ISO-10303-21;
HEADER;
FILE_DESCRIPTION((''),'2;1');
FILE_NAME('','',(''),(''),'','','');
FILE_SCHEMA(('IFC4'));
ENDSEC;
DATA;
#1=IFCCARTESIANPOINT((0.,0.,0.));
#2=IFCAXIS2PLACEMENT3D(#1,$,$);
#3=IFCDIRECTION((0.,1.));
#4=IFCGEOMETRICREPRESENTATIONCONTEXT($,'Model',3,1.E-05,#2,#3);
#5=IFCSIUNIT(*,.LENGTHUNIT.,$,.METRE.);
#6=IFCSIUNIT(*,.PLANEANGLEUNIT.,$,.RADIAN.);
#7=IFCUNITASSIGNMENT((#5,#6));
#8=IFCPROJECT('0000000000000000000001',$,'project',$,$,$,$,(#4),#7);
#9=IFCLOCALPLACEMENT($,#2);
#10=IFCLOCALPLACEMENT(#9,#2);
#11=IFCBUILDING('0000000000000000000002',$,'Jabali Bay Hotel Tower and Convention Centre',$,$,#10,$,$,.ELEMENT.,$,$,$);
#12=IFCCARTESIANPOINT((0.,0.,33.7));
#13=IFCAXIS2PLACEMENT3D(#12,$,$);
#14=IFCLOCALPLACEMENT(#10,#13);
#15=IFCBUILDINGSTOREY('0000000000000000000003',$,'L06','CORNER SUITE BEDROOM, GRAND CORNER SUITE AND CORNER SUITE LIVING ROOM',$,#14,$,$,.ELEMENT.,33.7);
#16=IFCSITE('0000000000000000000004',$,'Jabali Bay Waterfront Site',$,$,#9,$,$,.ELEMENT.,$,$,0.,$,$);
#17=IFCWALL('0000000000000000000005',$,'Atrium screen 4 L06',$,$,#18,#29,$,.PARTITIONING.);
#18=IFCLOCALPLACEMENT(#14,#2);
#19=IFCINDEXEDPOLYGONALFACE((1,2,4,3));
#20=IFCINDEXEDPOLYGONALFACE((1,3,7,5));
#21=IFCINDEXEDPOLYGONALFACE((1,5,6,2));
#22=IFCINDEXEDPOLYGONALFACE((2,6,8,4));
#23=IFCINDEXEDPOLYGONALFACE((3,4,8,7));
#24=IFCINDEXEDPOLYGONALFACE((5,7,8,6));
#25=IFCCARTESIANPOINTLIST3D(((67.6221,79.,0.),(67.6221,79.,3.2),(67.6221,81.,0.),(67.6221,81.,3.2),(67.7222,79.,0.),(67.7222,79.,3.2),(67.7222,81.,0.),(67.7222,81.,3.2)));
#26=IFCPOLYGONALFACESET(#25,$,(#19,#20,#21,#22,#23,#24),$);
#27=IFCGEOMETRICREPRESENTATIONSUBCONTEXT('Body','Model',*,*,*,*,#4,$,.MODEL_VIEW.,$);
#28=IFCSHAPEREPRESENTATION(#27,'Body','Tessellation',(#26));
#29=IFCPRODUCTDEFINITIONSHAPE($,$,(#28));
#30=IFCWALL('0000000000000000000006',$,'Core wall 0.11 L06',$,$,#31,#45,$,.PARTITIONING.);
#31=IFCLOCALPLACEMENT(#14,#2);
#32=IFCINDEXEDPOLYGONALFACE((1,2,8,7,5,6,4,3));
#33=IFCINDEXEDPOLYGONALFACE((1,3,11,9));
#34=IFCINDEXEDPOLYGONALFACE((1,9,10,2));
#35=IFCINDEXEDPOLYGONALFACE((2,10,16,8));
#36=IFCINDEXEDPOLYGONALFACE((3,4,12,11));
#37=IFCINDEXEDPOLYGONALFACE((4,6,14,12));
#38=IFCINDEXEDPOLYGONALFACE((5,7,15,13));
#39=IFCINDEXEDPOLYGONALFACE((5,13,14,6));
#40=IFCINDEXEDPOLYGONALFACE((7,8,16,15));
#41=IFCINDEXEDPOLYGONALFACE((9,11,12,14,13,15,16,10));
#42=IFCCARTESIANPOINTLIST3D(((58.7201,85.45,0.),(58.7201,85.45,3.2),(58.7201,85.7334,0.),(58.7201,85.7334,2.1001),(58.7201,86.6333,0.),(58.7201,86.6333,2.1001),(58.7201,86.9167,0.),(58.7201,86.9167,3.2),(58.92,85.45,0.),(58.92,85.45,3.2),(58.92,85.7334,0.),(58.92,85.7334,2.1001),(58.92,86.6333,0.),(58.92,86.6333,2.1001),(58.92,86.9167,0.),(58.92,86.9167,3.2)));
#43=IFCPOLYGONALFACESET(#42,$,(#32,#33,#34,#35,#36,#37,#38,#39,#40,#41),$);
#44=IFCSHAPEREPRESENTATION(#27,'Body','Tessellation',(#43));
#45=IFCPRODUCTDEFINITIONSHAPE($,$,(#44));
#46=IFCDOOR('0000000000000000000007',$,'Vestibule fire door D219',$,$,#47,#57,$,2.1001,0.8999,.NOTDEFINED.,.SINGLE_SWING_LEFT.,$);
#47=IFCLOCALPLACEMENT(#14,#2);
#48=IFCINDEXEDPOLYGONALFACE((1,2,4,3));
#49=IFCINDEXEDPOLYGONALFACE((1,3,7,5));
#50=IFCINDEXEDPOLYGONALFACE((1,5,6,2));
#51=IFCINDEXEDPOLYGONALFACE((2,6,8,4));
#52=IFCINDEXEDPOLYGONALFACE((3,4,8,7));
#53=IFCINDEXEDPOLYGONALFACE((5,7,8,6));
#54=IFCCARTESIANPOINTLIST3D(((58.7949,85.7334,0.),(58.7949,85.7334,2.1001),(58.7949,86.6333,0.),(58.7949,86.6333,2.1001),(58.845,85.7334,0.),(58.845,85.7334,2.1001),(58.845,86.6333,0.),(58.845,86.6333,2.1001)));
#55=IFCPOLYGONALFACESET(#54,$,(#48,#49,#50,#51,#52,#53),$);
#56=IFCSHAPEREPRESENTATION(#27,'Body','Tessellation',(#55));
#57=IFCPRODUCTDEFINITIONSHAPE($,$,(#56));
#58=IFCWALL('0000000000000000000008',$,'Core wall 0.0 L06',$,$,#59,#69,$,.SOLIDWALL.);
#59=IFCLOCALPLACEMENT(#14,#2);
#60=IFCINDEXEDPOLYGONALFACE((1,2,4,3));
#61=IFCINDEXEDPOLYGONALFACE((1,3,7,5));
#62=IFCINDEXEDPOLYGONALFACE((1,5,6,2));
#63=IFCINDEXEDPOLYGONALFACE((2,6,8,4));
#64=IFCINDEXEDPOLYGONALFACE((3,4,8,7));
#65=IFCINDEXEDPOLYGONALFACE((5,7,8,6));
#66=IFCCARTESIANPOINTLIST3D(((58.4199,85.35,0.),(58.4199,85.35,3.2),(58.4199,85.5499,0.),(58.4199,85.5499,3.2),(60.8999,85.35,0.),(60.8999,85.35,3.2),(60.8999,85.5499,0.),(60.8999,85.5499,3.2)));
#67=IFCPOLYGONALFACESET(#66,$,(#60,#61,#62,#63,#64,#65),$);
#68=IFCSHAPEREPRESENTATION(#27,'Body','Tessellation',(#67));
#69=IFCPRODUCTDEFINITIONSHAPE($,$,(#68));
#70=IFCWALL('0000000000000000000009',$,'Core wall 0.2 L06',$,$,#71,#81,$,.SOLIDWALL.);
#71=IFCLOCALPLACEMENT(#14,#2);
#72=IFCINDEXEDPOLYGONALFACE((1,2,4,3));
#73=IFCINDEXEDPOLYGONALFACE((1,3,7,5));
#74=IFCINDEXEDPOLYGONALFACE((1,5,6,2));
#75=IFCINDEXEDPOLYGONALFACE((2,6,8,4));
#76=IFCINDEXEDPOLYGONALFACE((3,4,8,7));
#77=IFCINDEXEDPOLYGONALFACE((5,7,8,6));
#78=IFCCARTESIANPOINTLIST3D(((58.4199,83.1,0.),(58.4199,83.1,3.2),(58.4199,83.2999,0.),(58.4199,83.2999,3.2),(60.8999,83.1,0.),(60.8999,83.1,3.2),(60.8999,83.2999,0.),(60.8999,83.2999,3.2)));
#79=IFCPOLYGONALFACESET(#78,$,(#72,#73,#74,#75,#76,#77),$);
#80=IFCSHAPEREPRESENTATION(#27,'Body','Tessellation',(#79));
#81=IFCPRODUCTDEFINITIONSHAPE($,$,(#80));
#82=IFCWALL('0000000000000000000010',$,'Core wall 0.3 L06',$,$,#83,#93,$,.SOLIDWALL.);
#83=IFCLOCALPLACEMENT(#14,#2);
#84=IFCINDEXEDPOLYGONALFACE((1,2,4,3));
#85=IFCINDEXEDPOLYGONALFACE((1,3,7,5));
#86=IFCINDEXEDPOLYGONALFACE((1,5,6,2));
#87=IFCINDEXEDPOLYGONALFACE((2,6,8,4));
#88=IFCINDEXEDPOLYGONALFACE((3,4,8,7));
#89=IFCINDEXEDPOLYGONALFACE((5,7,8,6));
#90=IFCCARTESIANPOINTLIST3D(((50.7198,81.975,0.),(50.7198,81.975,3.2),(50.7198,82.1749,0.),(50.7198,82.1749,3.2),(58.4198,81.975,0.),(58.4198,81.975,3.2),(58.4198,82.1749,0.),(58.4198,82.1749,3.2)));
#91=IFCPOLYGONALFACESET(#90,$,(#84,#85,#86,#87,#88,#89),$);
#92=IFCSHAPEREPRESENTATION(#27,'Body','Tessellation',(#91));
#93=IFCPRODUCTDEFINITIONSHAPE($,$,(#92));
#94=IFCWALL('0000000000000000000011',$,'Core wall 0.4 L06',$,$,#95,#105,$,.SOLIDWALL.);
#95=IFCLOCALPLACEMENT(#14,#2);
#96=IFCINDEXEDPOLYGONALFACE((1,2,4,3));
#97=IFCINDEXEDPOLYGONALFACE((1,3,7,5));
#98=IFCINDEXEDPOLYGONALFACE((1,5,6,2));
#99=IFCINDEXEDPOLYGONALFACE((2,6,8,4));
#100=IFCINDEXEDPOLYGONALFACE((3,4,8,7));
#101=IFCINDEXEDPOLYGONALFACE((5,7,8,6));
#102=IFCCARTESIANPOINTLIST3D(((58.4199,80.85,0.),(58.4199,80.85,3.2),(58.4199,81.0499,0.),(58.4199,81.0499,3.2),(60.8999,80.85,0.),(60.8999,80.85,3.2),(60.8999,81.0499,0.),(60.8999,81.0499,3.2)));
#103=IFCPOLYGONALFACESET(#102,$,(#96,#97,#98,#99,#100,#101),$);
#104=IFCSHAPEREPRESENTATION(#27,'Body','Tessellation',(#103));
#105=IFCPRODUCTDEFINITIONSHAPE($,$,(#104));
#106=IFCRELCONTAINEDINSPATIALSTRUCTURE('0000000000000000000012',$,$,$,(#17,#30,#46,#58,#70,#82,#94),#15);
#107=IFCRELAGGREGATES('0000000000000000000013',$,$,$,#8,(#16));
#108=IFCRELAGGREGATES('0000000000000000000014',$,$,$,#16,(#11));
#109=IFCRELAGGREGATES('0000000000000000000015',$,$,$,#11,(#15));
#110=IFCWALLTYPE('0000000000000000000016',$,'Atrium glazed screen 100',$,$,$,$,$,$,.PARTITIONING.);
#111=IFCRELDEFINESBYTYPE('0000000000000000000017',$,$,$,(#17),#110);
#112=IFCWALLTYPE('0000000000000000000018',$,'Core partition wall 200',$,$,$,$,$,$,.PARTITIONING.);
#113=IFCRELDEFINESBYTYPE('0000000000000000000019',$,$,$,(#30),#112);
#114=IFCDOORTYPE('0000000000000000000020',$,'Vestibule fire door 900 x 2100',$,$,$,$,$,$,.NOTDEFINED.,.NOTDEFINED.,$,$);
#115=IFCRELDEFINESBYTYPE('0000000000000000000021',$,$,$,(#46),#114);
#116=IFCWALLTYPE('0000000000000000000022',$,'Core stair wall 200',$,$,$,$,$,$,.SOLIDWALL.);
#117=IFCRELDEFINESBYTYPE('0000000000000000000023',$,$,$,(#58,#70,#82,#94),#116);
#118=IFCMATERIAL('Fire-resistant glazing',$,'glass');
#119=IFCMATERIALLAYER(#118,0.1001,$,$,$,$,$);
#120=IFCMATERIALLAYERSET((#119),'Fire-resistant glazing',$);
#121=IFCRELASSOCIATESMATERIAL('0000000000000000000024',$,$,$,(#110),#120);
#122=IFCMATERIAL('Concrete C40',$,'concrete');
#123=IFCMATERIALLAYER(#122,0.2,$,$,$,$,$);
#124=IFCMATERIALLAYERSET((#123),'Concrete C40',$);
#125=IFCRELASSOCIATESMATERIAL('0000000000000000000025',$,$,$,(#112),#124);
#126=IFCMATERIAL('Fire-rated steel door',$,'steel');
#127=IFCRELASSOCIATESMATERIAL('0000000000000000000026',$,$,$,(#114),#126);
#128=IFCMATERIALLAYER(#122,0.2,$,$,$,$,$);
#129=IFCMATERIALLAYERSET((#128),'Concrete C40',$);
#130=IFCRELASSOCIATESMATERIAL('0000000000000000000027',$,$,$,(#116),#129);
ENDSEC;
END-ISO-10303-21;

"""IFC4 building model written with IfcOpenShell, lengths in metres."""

from ifc_helpers import new_model, si_unit, direction, frame, frame_2d, origin, place, context, subcontext, project, spatial, rectangle, extrude, material, layer, layer_set, type_object, element, fill, save


model = new_model("IFC4")

# Units and contexts
model_context = context("Model", 3, precision=1e-05, world=origin(), true_north=direction((0.0, 1.0)))
body_context = subcontext(model_context, "Body", "Model", "MODEL_VIEW")
ifc_project = project(units=[si_unit("LENGTHUNIT", "METRE"), si_unit("PLANEANGLEUNIT", "RADIAN")], contexts=[model_context])

# Site, building, storey
site_placement = place(None, origin())
site = spatial("IfcSite", under=ifc_project, at=site_placement, Name="Jabali Bay Waterfront Site", CompositionType="ELEMENT", RefElevation=0.0)
building_placement = place(site_placement, origin())
building = spatial("IfcBuilding", under=site, at=building_placement, Name="Jabali Bay Hotel Tower and Convention Centre", CompositionType="ELEMENT")
storey_placement = place(building_placement, frame((0.0, 0.0, 33.7)))
storey = spatial("IfcBuildingStorey", under=building, at=storey_placement, Name="L06", Description="CORNER SUITE BEDROOM, GRAND CORNER SUITE AND CORNER SUITE LIVING ROOM", CompositionType="ELEMENT", Elevation=33.7)

# Wall
ifc_material_1 = material(Name="Fire-resistant glazing", Category="glass")
ifc_layer_1 = layer(ifc_material_1, 0.1001)
ifc_layer_set_1 = layer_set([ifc_layer_1], Name="Fire-resistant glazing")
wall_type_1 = type_object("IfcWallType", Name="Atrium glazed screen 100", PredefinedType="PARTITIONING", material=ifc_layer_set_1)
wall_1_placement = place(storey_placement, frame((67.6721, 81.0, 0.0), z_axis=(0.0, 0.0, 1.0), x_axis=(0.0, -1.0, 0.0)))
element("IfcWall", 1, at=wall_1_placement, inside=storey, type_object=wall_type_1, Name="Atrium screen 4 L06", PredefinedType="PARTITIONING", context=body_context, shape_type="SweptSolid", body=[
    extrude(rectangle(XDim=2.0, YDim=0.1001, at=frame_2d((1.0, 0.0))), origin(), (0.0, 0.0, 1.0), 3.2),
])

# Wall, opening, door
ifc_material_2 = material(Name="Concrete C40", Category="concrete")
ifc_layer_2 = layer(ifc_material_2, 0.2)
ifc_layer_set_2 = layer_set([ifc_layer_2], Name="Concrete C40")
wall_type_2 = type_object("IfcWallType", Name="Core partition wall 200", PredefinedType="PARTITIONING", material=ifc_layer_set_2)
wall_2_placement = place(storey_placement, frame((58.8201, 86.9167, 0.0), z_axis=(0.0, 0.0, 1.0), x_axis=(0.0, -1.0, 0.0)))
wall_2 = element("IfcWall", 2, at=wall_2_placement, inside=storey, type_object=wall_type_2, Name="Core wall 0.11 L06", PredefinedType="PARTITIONING", context=body_context, shape_type="SweptSolid", body=[
    extrude(rectangle(XDim=1.4668, YDim=0.2, at=frame_2d((0.7334, 0.0))), origin(), (0.0, 0.0, 1.0), 3.2),
])
opening_1_placement = place(wall_2_placement, frame((0.2834, 0.0, 0.0)))
opening_1 = element("IfcOpeningElement", 3, at=opening_1_placement, cuts=wall_2, PredefinedType="OPENING", context=body_context, shape_type="SweptSolid", body=[
    extrude(rectangle(XDim=0.8999, YDim=2.1001, at=frame_2d((0.45, 1.05))), frame((0.0, 0.1104, 0.0), z_axis=(0.0, -1.0, 0.0), x_axis=(1.0, 0.0, 0.0)), (0.0, 0.0, 1.0), 0.2209),
])
ifc_material_3 = material(Name="Fire-rated steel door", Category="steel")
door_type_1 = type_object("IfcDoorType", Name="Vestibule fire door 900 x 2100", OperationType="NOTDEFINED", PredefinedType="NOTDEFINED", material=ifc_material_3)
door_1_placement = place(opening_1_placement, origin())
door_1 = element("IfcDoor", 4, at=door_1_placement, inside=storey, type_object=door_type_1, Name="Vestibule fire door D219", OperationType="SINGLE_SWING_LEFT", OverallHeight=2.1001, OverallWidth=0.8999, PredefinedType="NOTDEFINED", context=body_context, shape_type="SweptSolid", body=[
    extrude(rectangle(XDim=0.8999, YDim=2.1001, at=frame_2d((0.45, 1.05))), frame((0.0, 0.0249, 0.0), z_axis=(0.0, -1.0, 0.0), x_axis=(1.0, 0.0, 0.0)), (0.0, 0.0, 1.0), 0.05),
])
fill(opening_1, door_1)

# Walls
ifc_layer_3 = layer(ifc_material_2, 0.2)
ifc_layer_set_3 = layer_set([ifc_layer_3], Name="Concrete C40")
wall_type_3 = type_object("IfcWallType", Name="Core stair wall 200", PredefinedType="SOLIDWALL", material=ifc_layer_set_3)
for number, where, z_axis, x_axis, name in (
    (5, (60.8999, 85.45, 0.0), (0.0, 0.0, 1.0), (-1.0, 0.0, 0.0), "Core wall 0.0 L06"),
    (6, (60.8999, 83.2, 0.0), (0.0, 0.0, 1.0), (-1.0, 0.0, 0.0), "Core wall 0.2 L06"),
):
    element("IfcWall", number, at=place(storey_placement, frame(where, z_axis=z_axis, x_axis=x_axis)), inside=storey, type_object=wall_type_3, Name=name, PredefinedType="SOLIDWALL", context=body_context, shape_type="SweptSolid", body=[
        extrude(rectangle(XDim=2.48, YDim=0.2, at=frame_2d((1.24, 0.0))), origin(), (0.0, 0.0, 1.0), 3.2),
    ])
wall_3_placement = place(storey_placement, frame((58.4199, 82.075, 0.0), z_axis=(0.0, 0.0, 1.0), x_axis=(-1.0, 0.0, 0.0)))
element("IfcWall", 7, at=wall_3_placement, inside=storey, type_object=wall_type_3, Name="Core wall 0.3 L06", PredefinedType="SOLIDWALL", context=body_context, shape_type="SweptSolid", body=[
    extrude(rectangle(XDim=7.7, YDim=0.2, at=frame_2d((3.8501, 0.0))), origin(), (0.0, 0.0, 1.0), 3.2),
])
wall_4_placement = place(storey_placement, frame((60.8999, 80.95, 0.0), z_axis=(0.0, 0.0, 1.0), x_axis=(-1.0, 0.0, 0.0)))
element("IfcWall", 8, at=wall_4_placement, inside=storey, type_object=wall_type_3, Name="Core wall 0.4 L06", PredefinedType="SOLIDWALL", context=body_context, shape_type="SweptSolid", body=[
    extrude(rectangle(XDim=2.48, YDim=0.2, at=frame_2d((1.24, 0.0))), origin(), (0.0, 0.0, 1.0), 3.2),
])

save(model, "model.ifc")
